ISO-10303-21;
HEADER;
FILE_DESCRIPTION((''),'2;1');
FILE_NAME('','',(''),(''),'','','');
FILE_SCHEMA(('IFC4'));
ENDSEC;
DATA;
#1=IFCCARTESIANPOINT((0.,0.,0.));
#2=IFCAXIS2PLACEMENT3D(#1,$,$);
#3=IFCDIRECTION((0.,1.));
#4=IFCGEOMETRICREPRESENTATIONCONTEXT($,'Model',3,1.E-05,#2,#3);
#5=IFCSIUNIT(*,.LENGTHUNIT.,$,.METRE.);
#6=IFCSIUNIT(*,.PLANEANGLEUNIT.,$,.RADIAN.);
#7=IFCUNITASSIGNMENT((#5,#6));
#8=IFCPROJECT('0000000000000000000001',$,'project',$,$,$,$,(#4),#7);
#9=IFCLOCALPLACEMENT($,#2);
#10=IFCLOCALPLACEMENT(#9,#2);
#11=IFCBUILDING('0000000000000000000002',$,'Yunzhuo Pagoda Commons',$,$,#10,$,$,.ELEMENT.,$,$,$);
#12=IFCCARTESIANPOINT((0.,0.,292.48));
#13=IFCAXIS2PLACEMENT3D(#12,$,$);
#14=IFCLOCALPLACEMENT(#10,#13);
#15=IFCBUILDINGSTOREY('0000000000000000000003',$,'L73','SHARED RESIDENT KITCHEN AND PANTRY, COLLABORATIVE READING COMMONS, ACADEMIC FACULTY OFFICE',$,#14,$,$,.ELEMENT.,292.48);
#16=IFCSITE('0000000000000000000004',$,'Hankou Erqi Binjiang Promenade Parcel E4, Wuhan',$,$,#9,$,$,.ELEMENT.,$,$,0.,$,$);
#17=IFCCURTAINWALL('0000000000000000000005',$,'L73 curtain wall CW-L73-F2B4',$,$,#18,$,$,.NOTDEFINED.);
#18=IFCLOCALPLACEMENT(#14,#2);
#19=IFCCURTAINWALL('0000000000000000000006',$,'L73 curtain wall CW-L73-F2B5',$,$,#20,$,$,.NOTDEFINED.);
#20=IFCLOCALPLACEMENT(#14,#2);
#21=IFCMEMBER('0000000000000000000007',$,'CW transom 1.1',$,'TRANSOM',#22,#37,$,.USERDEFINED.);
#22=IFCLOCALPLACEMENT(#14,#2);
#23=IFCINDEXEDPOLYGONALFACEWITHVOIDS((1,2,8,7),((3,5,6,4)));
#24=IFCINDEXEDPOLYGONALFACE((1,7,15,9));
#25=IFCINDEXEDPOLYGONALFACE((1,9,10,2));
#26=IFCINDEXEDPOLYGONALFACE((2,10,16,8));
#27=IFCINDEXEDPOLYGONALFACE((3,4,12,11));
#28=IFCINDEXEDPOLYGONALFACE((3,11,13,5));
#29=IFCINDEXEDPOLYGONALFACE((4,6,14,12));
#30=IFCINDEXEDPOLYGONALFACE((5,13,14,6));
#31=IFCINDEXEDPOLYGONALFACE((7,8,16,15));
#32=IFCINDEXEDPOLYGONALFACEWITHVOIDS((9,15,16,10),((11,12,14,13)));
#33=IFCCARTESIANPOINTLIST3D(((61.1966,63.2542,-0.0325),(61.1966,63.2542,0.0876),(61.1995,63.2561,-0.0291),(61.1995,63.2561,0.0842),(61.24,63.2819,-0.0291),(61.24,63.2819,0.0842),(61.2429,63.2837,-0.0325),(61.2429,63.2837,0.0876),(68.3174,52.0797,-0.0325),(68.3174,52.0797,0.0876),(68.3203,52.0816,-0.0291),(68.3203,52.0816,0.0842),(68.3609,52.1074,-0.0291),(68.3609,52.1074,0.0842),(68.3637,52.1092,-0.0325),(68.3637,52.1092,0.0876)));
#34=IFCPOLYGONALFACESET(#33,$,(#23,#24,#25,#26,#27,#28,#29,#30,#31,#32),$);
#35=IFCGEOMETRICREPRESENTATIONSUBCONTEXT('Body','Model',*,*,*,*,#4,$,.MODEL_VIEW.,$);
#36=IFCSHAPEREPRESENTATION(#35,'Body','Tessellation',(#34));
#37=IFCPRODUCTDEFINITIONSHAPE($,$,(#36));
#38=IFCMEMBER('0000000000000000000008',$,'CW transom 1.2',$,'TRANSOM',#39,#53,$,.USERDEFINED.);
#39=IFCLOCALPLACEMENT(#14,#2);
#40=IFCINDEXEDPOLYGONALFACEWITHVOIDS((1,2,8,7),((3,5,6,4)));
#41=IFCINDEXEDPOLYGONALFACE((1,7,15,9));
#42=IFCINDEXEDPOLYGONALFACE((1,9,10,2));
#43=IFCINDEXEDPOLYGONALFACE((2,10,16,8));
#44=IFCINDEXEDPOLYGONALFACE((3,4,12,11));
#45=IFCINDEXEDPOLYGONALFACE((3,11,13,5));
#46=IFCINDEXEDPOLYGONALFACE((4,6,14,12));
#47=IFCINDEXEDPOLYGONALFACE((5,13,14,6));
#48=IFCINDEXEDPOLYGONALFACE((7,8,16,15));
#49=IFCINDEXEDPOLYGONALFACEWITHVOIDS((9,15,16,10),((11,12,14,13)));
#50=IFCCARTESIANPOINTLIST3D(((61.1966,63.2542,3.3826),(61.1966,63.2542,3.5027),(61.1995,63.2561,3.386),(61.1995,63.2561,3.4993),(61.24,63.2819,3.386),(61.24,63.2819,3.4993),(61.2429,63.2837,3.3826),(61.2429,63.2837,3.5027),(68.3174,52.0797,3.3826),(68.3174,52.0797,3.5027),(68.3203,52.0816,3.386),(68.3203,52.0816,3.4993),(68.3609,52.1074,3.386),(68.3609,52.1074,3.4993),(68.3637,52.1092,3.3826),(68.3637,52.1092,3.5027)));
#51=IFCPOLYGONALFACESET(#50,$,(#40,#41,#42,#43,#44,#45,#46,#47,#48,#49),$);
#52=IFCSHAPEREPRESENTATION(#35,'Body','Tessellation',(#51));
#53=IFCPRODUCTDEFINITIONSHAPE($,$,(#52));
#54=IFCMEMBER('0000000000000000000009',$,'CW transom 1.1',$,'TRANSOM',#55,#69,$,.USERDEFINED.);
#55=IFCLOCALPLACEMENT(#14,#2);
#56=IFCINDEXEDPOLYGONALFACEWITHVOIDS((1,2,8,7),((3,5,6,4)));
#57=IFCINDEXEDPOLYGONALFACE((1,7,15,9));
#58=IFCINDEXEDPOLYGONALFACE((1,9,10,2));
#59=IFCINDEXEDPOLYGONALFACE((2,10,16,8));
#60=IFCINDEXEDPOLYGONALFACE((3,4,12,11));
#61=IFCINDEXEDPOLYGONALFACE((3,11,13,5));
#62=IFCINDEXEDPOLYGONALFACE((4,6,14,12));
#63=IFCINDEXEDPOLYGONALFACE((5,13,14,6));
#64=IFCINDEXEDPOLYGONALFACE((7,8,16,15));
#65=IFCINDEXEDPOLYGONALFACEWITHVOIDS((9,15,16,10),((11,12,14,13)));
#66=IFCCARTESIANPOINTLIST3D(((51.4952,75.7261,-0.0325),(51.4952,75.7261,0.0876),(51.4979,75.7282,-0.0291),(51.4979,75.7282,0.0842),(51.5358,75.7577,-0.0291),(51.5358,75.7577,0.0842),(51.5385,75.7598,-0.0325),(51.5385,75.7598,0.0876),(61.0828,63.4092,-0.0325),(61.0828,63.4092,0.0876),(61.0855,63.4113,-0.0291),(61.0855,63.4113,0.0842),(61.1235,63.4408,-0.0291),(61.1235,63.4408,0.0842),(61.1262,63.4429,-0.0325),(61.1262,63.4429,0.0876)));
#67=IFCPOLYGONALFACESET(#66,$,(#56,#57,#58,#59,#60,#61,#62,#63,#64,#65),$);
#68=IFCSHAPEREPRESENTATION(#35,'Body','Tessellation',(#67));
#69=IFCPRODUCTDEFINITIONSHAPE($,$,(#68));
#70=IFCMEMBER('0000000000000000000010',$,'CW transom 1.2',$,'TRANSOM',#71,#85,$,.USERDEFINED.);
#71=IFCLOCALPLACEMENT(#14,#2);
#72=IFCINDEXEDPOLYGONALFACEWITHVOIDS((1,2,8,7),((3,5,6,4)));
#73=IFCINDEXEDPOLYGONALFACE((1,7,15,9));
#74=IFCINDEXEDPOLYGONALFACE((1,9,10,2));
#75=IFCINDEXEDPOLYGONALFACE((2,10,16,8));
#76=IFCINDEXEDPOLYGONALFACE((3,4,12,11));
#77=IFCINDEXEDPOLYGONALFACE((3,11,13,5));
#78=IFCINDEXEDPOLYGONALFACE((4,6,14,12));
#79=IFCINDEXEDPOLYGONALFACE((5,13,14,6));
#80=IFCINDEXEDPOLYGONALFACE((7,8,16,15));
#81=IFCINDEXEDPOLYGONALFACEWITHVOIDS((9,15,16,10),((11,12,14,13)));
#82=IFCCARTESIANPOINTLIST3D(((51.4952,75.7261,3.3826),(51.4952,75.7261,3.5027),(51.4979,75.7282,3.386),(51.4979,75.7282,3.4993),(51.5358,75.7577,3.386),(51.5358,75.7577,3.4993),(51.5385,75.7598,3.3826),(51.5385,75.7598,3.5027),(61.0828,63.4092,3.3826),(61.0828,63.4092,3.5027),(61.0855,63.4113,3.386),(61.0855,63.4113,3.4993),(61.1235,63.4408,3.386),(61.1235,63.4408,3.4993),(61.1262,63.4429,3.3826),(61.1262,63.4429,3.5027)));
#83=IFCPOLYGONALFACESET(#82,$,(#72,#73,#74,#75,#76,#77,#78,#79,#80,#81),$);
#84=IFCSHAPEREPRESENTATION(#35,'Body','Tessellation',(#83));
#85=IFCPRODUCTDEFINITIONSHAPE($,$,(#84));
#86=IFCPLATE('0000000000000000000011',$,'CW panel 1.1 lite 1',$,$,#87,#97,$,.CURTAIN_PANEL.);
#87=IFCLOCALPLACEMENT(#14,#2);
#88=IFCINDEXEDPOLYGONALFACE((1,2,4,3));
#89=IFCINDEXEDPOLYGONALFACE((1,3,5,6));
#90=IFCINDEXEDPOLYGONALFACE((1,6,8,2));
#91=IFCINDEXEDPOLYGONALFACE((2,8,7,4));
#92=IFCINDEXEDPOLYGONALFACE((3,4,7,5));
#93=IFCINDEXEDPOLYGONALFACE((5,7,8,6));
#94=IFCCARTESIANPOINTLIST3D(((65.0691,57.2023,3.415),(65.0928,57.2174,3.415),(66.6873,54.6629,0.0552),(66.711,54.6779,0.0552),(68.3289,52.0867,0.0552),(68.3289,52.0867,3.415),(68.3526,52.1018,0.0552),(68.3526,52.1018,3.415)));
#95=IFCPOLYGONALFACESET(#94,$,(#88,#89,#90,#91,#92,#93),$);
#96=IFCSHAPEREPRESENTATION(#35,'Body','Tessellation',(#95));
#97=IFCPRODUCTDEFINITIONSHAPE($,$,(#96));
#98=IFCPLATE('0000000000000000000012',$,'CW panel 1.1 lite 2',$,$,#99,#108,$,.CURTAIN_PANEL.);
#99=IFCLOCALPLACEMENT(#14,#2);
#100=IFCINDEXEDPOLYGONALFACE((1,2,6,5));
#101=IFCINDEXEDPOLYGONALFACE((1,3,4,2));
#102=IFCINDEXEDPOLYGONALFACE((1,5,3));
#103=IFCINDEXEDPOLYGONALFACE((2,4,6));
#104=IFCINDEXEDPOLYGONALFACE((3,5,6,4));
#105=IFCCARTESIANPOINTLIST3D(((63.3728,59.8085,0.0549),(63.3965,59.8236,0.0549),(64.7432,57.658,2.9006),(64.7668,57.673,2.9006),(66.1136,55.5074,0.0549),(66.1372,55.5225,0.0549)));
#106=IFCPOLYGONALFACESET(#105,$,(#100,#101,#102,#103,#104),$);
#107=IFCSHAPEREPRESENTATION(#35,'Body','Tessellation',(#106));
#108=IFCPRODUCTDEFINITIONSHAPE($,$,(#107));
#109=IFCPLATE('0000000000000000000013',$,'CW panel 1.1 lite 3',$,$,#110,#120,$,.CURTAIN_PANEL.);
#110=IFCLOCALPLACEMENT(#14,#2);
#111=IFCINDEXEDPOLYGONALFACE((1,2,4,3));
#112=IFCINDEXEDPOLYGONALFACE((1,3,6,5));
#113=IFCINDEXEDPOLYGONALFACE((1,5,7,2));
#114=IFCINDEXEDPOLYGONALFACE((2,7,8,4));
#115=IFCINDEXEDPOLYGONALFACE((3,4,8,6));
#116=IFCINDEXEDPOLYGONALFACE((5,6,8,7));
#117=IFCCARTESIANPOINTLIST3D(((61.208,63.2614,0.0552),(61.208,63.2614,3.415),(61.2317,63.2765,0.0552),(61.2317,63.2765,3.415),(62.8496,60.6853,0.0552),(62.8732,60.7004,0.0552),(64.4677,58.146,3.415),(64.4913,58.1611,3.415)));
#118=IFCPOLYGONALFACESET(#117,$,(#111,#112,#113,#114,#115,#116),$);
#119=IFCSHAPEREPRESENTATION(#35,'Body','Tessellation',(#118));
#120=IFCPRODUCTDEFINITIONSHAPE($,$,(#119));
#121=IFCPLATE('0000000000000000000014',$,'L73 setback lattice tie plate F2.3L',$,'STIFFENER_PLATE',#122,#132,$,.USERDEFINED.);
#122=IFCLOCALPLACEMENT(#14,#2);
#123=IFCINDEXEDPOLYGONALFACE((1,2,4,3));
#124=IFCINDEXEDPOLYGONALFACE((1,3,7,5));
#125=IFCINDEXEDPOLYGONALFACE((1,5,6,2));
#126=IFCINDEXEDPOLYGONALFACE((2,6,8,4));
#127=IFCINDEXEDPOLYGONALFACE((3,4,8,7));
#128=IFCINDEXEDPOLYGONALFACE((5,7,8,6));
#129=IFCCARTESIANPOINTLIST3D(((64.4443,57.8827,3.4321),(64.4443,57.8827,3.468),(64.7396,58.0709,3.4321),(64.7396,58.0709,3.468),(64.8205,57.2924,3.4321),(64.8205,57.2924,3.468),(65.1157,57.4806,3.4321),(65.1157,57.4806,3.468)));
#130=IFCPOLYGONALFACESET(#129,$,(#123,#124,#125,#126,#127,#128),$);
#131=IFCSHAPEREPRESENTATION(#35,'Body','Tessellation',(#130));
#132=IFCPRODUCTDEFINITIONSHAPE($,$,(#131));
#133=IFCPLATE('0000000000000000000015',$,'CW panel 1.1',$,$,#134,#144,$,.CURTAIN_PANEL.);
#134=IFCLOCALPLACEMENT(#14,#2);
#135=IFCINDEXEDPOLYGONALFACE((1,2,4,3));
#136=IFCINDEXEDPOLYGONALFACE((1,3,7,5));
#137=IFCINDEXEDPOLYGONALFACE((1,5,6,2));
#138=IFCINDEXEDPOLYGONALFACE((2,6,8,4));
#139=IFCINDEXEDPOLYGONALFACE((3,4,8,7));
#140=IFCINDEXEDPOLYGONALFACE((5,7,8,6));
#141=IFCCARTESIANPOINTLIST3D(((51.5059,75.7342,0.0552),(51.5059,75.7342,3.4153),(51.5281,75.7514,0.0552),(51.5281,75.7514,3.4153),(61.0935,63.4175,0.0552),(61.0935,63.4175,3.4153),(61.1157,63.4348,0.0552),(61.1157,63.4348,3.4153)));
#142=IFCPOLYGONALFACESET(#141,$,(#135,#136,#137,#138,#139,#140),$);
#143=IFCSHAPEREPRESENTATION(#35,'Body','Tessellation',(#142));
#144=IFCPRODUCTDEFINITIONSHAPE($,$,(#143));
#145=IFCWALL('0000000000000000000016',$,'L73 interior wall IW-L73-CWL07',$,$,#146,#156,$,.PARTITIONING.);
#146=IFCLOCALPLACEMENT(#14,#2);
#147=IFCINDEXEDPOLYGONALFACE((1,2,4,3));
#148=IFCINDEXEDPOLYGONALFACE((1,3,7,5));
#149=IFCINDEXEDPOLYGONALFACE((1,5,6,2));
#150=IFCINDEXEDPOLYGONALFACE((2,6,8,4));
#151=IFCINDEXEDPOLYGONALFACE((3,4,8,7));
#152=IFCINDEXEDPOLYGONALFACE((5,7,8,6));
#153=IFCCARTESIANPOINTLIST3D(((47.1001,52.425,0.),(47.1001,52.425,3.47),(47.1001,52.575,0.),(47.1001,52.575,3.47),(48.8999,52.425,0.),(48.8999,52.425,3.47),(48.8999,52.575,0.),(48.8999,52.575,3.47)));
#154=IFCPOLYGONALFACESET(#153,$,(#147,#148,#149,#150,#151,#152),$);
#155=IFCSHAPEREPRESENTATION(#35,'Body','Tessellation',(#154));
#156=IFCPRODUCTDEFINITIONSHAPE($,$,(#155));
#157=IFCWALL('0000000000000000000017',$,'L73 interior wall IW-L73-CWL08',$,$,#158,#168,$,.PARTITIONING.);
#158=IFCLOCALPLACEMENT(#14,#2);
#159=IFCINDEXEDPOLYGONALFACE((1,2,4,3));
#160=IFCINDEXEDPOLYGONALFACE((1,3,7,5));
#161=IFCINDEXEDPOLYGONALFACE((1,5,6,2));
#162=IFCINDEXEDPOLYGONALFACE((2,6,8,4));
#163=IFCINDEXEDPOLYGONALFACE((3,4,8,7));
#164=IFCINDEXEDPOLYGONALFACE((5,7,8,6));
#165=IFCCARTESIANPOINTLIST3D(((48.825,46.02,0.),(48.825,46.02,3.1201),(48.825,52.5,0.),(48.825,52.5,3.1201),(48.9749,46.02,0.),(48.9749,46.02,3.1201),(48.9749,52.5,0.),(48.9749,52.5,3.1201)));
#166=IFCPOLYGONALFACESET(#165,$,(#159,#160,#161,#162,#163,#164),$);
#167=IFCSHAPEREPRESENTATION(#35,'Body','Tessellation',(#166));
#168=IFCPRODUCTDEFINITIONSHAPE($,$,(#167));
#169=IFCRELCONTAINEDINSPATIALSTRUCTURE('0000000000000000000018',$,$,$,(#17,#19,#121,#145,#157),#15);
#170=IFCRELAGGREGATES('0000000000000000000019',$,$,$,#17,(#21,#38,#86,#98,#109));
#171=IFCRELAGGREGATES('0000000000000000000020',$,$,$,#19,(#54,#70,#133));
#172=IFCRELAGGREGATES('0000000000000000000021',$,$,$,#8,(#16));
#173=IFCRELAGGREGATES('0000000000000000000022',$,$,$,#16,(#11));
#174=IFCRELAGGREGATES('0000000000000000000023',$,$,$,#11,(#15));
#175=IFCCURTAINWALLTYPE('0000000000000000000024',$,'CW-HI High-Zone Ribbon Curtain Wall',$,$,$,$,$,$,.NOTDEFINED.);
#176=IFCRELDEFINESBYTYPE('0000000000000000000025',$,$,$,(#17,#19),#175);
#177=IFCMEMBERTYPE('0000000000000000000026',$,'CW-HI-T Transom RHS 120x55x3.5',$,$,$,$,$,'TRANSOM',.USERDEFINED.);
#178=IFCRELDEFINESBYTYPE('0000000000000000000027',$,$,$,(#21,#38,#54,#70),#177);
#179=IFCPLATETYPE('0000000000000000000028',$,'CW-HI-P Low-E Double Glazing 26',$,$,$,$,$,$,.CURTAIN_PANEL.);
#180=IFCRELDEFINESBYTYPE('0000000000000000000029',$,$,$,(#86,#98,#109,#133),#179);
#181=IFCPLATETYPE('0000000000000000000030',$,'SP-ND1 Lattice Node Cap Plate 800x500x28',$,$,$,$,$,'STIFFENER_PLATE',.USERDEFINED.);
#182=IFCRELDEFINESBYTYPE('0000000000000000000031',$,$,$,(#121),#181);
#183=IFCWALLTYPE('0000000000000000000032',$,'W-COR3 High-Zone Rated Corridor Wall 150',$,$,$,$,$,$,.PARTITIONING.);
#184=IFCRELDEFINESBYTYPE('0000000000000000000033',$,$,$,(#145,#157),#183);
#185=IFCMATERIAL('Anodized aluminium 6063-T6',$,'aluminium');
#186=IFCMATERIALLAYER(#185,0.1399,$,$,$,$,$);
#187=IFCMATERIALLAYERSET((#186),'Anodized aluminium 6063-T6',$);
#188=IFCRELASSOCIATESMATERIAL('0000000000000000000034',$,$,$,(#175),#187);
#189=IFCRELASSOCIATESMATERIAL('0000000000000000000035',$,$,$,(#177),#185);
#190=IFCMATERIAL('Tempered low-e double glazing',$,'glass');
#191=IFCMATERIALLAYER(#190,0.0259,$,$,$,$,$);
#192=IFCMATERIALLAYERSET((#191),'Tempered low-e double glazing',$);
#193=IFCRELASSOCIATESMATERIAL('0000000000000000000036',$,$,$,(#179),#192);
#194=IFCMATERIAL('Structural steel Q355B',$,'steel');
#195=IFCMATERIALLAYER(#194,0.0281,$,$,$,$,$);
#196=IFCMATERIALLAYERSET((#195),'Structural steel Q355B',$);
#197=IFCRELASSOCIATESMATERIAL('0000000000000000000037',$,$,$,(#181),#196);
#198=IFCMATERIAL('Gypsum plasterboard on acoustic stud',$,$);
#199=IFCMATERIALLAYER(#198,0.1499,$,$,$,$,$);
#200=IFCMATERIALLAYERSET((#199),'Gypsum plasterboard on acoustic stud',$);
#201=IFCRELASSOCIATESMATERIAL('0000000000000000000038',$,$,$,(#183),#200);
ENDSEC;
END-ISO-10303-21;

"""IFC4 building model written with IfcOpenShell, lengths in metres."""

from ifc_helpers import new_model, si_unit, direction, frame, frame_2d, origin, origin_2d, place, context, subcontext, project, spatial, polyline, rectangle, hollow_rectangle, outline, extrude, source, transform, mapped, material, layer, layer_set, material_profile, profile_set, type_object, element, aggregate, save


model = new_model("IFC4")

# Units and contexts
model_context = context("Model", 3, precision=1e-05, world=origin(), true_north=direction((0.0, 1.0)))
body_context = subcontext(model_context, "Body", "Model", "MODEL_VIEW")
ifc_project = project(units=[si_unit("LENGTHUNIT", "METRE"), si_unit("PLANEANGLEUNIT", "RADIAN")], contexts=[model_context])

# Site, building, storey
site_placement = place(None, origin())
site = spatial("IfcSite", under=ifc_project, at=site_placement, Name="Hankou Erqi Binjiang Promenade Parcel E4, Wuhan", CompositionType="ELEMENT", RefElevation=0.0)
building_placement = place(site_placement, origin())
building = spatial("IfcBuilding", under=site, at=building_placement, Name="Yunzhuo Pagoda Commons", CompositionType="ELEMENT")
storey_placement = place(building_placement, frame((0.0, 0.0, 292.48)))
storey = spatial("IfcBuildingStorey", under=building, at=storey_placement, Name="L73", Description="SHARED RESIDENT KITCHEN AND PANTRY, COLLABORATIVE READING COMMONS, ACADEMIC FACULTY OFFICE", CompositionType="ELEMENT", Elevation=292.48)

# Shared definitions
ifc_material_1 = material(Name="Structural steel Q355B", Category="steel")

# Curtain wall
ifc_material_2 = material(Name="Anodized aluminium 6063-T6", Category="aluminium")
ifc_layer_1 = layer(ifc_material_2, 0.1399)
ifc_layer_set_1 = layer_set([ifc_layer_1], Name="Anodized aluminium 6063-T6")
curtain_wall_type = type_object("IfcCurtainWallType", Name="CW-HI High-Zone Ribbon Curtain Wall", PredefinedType="NOTDEFINED", material=ifc_layer_set_1)
curtain_wall_1_placement = place(storey_placement, origin())
curtain_wall_1 = element("IfcCurtainWall", 1, at=curtain_wall_1_placement, inside=storey, type_object=curtain_wall_type, Name="L73 curtain wall CW-L73-F2B4", PredefinedType="NOTDEFINED")

# Curtain wall
curtain_wall_2_placement = place(storey_placement, origin())
curtain_wall_2 = element("IfcCurtainWall", 2, at=curtain_wall_2_placement, inside=storey, type_object=curtain_wall_type, Name="L73 curtain wall CW-L73-F2B5", PredefinedType="NOTDEFINED")

# Members
ifc_material_profile_1 = material_profile(ifc_material_2, hollow_rectangle(XDim=0.0549, YDim=0.1201, WallThickness=0.0034, at=origin_2d()), Name="Anodized aluminium 6063-T6")
ifc_profile_set_1 = profile_set([ifc_material_profile_1], Name="Anodized aluminium 6063-T6")
member_type_1 = type_object("IfcMemberType", Name="CW-HI-T Transom RHS 120x55x3.5", ElementType="TRANSOM", PredefinedType="USERDEFINED", material=ifc_profile_set_1)
shared_shape_1 = source(origin(), body_context, "Body", "SweptSolid", [
    extrude(hollow_rectangle(XDim=0.0549, YDim=0.1201, WallThickness=0.0034, at=origin_2d()), origin(), (0.0, 0.0, 1.0), 13.2505),
])
member_1_placement = place(storey_placement, frame((68.3406, 52.0945, 0.0276), z_axis=(-0.5374, 0.843328, 0.0), x_axis=(-0.843328, -0.5374, 0.0)))
member_1 = element("IfcMember", 3, at=member_1_placement, type_object=member_type_1, Name="CW transom 1.1", ObjectType="TRANSOM", PredefinedType="USERDEFINED", context=body_context, shape_type="MappedRepresentation", body=[
    mapped(shared_shape_1, transform((0.0, 0.0, 0.0), scale=1.0)),
])
member_2_placement = place(storey_placement, frame((68.3406, 52.0945, 3.4426), z_axis=(-0.5374, 0.843328, 0.0), x_axis=(-0.843328, -0.5374, 0.0)))
member_2 = element("IfcMember", 4, at=member_2_placement, type_object=member_type_1, Name="CW transom 1.2", ObjectType="TRANSOM", PredefinedType="USERDEFINED", context=body_context, shape_type="MappedRepresentation", body=[
    mapped(shared_shape_1, transform((0.0, 0.0, 0.0), scale=1.0)),
])
shared_shape_2 = source(origin(), body_context, "Body", "SweptSolid", [
    extrude(hollow_rectangle(XDim=0.0549, YDim=0.1201, WallThickness=0.0034, at=origin_2d()), origin(), (0.0, 0.0, 1.0), 15.6086),
])
member_3_placement = place(storey_placement, frame((61.1045, 63.426, 0.0276), z_axis=(-0.614254, 0.789109, 0.0), x_axis=(-0.789109, -0.614254, 0.0)))
member_3 = element("IfcMember", 5, at=member_3_placement, type_object=member_type_1, Name="CW transom 1.1", ObjectType="TRANSOM", PredefinedType="USERDEFINED", context=body_context, shape_type="MappedRepresentation", body=[
    mapped(shared_shape_2, transform((0.0, 0.0, 0.0), scale=1.0)),
])
member_4_placement = place(storey_placement, frame((61.1045, 63.426, 3.4426), z_axis=(-0.614254, 0.789109, 0.0), x_axis=(-0.789109, -0.614254, 0.0)))
member_4 = element("IfcMember", 6, at=member_4_placement, type_object=member_type_1, Name="CW transom 1.2", ObjectType="TRANSOM", PredefinedType="USERDEFINED", context=body_context, shape_type="MappedRepresentation", body=[
    mapped(shared_shape_2, transform((0.0, 0.0, 0.0), scale=1.0)),
])

# Plates
ifc_material_3 = material(Name="Tempered low-e double glazing", Category="glass")
ifc_layer_2 = layer(ifc_material_3, 0.0259)
ifc_layer_set_2 = layer_set([ifc_layer_2], Name="Tempered low-e double glazing")
plate_type_1 = type_object("IfcPlateType", Name="CW-HI-P Low-E Double Glazing 26", PredefinedType="CURTAIN_PANEL", material=ifc_layer_set_2)
plate_1_placement = place(storey_placement, frame((66.699, 54.6445, 1.7351), z_axis=(0.84333, 0.537397, 0.0), x_axis=(-0.537397, 0.84333, 0.0)))
plate_1 = element("IfcPlate", 7, at=plate_1_placement, type_object=plate_type_1, Name="CW panel 1.1 lite 1", PredefinedType="CURTAIN_PANEL", context=body_context, shape_type="SweptSolid", body=[
    extrude(outline(polyline([(-3.033, -1.6799), (0.0217, -1.6799), (3.033, 1.6799), (-3.033, 1.6799), (-3.033, -1.6799)])), origin(), (0.0, 0.0, 1.0), 0.0281),
])
plate_2_placement = place(storey_placement, frame((64.7432, 57.658, 1.4778), z_axis=(0.84333, 0.537397, 0.0), x_axis=(-0.537397, 0.84333, 0.0)))
plate_2 = element("IfcPlate", 8, at=plate_2_placement, type_object=plate_type_1, Name="CW panel 1.1 lite 2", PredefinedType="CURTAIN_PANEL", context=body_context, shape_type="SweptSolid", body=[
    extrude(outline(polyline([(-2.55, -1.4229), (2.55, -1.4229), (0.0, 1.4229), (-2.55, -1.4229)])), origin(), (0.0, 0.0, 1.0), 0.0281),
])
plate_3_placement = place(storey_placement, frame((62.8379, 60.7036, 1.7351), z_axis=(0.84333, 0.537397, 0.0), x_axis=(-0.537397, 0.84333, 0.0)))
plate_3 = element("IfcPlate", 9, at=plate_3_placement, type_object=plate_type_1, Name="CW panel 1.1 lite 3", PredefinedType="CURTAIN_PANEL", context=body_context, shape_type="SweptSolid", body=[
    extrude(outline(polyline([(-3.0327, 1.6799), (-0.0217, -1.6799), (3.033, -1.6799), (3.033, 1.6799), (-3.0327, 1.6799)])), origin(), (0.0, 0.0, 1.0), 0.0281),
])
aggregate(curtain_wall_1, [member_1, member_2, plate_1, plate_2, plate_3])
ifc_layer_3 = layer(ifc_material_1, 0.0281)
ifc_layer_set_3 = layer_set([ifc_layer_3], Name="Structural steel Q355B")
plate_type_2 = type_object("IfcPlateType", Name="SP-ND1 Lattice Node Cap Plate 800x500x28", ElementType="STIFFENER_PLATE", PredefinedType="USERDEFINED", material=ifc_layer_set_3)
shared_shape_3 = source(origin(), body_context, "Body", "SweptSolid", [
    extrude(rectangle(XDim=0.7, YDim=0.3501, at=origin_2d()), origin(), (0.0, 0.0, 1.0), 0.0359),
])
plate_4_placement = place(storey_placement, frame((64.78, 57.6816, 3.4321), z_axis=(0.0, 0.0, 1.0), x_axis=(-0.537403, 0.843326, 0.0)))
element("IfcPlate", 10, at=plate_4_placement, inside=storey, type_object=plate_type_2, Name="L73 setback lattice tie plate F2.3L", ObjectType="STIFFENER_PLATE", PredefinedType="USERDEFINED", context=body_context, shape_type="MappedRepresentation", body=[
    mapped(shared_shape_3, transform((0.0, 0.0, 0.0), scale=1.0)),
])
shared_shape_4 = source(origin(), body_context, "Body", "SweptSolid", [
    extrude(rectangle(XDim=15.6084, YDim=0.0281, at=origin_2d()), origin(), (0.0, 0.0, 1.0), 3.3601),
])
plate_5_placement = place(storey_placement, frame((56.3108, 69.5845, 0.0552), z_axis=(0.0, 0.0, 1.0), x_axis=(-0.614261, 0.789103, 0.0)))
plate_5 = element("IfcPlate", 11, at=plate_5_placement, type_object=plate_type_1, Name="CW panel 1.1", PredefinedType="CURTAIN_PANEL", context=body_context, shape_type="MappedRepresentation", body=[
    mapped(shared_shape_4, transform((0.0, 0.0, 0.0), scale=1.0)),
])
aggregate(curtain_wall_2, [member_3, member_4, plate_5])

# Walls
ifc_material_4 = material(Name="Gypsum plasterboard on acoustic stud")
ifc_layer_4 = layer(ifc_material_4, 0.1499)
ifc_layer_set_4 = layer_set([ifc_layer_4], Name="Gypsum plasterboard on acoustic stud")
wall_type_1 = type_object("IfcWallType", Name="W-COR3 High-Zone Rated Corridor Wall 150", PredefinedType="PARTITIONING", material=ifc_layer_set_4)
wall_1_placement = place(storey_placement, frame((47.1001, 52.5, 0.0), z_axis=(0.0, 0.0, 1.0), x_axis=(1.0, 0.0, 0.0)))
element("IfcWall", 12, at=wall_1_placement, inside=storey, type_object=wall_type_1, Name="L73 interior wall IW-L73-CWL07", PredefinedType="PARTITIONING", context=body_context, shape_type="SweptSolid", body=[
    extrude(rectangle(XDim=1.7998, YDim=0.1499, at=frame_2d((0.8999, 0.0))), origin(), (0.0, 0.0, 1.0), 3.47),
])
wall_2_placement = place(storey_placement, frame((48.8999, 52.5, 0.0), z_axis=(0.0, 0.0, 1.0), x_axis=(0.0, -1.0, 0.0)))
element("IfcWall", 13, at=wall_2_placement, inside=storey, type_object=wall_type_1, Name="L73 interior wall IW-L73-CWL08", PredefinedType="PARTITIONING", context=body_context, shape_type="SweptSolid", body=[
    extrude(rectangle(XDim=6.48, YDim=0.1499, at=frame_2d((3.24, 0.0))), origin(), (0.0, 0.0, 1.0), 3.1201),
])

save(model, "model.ifc")
